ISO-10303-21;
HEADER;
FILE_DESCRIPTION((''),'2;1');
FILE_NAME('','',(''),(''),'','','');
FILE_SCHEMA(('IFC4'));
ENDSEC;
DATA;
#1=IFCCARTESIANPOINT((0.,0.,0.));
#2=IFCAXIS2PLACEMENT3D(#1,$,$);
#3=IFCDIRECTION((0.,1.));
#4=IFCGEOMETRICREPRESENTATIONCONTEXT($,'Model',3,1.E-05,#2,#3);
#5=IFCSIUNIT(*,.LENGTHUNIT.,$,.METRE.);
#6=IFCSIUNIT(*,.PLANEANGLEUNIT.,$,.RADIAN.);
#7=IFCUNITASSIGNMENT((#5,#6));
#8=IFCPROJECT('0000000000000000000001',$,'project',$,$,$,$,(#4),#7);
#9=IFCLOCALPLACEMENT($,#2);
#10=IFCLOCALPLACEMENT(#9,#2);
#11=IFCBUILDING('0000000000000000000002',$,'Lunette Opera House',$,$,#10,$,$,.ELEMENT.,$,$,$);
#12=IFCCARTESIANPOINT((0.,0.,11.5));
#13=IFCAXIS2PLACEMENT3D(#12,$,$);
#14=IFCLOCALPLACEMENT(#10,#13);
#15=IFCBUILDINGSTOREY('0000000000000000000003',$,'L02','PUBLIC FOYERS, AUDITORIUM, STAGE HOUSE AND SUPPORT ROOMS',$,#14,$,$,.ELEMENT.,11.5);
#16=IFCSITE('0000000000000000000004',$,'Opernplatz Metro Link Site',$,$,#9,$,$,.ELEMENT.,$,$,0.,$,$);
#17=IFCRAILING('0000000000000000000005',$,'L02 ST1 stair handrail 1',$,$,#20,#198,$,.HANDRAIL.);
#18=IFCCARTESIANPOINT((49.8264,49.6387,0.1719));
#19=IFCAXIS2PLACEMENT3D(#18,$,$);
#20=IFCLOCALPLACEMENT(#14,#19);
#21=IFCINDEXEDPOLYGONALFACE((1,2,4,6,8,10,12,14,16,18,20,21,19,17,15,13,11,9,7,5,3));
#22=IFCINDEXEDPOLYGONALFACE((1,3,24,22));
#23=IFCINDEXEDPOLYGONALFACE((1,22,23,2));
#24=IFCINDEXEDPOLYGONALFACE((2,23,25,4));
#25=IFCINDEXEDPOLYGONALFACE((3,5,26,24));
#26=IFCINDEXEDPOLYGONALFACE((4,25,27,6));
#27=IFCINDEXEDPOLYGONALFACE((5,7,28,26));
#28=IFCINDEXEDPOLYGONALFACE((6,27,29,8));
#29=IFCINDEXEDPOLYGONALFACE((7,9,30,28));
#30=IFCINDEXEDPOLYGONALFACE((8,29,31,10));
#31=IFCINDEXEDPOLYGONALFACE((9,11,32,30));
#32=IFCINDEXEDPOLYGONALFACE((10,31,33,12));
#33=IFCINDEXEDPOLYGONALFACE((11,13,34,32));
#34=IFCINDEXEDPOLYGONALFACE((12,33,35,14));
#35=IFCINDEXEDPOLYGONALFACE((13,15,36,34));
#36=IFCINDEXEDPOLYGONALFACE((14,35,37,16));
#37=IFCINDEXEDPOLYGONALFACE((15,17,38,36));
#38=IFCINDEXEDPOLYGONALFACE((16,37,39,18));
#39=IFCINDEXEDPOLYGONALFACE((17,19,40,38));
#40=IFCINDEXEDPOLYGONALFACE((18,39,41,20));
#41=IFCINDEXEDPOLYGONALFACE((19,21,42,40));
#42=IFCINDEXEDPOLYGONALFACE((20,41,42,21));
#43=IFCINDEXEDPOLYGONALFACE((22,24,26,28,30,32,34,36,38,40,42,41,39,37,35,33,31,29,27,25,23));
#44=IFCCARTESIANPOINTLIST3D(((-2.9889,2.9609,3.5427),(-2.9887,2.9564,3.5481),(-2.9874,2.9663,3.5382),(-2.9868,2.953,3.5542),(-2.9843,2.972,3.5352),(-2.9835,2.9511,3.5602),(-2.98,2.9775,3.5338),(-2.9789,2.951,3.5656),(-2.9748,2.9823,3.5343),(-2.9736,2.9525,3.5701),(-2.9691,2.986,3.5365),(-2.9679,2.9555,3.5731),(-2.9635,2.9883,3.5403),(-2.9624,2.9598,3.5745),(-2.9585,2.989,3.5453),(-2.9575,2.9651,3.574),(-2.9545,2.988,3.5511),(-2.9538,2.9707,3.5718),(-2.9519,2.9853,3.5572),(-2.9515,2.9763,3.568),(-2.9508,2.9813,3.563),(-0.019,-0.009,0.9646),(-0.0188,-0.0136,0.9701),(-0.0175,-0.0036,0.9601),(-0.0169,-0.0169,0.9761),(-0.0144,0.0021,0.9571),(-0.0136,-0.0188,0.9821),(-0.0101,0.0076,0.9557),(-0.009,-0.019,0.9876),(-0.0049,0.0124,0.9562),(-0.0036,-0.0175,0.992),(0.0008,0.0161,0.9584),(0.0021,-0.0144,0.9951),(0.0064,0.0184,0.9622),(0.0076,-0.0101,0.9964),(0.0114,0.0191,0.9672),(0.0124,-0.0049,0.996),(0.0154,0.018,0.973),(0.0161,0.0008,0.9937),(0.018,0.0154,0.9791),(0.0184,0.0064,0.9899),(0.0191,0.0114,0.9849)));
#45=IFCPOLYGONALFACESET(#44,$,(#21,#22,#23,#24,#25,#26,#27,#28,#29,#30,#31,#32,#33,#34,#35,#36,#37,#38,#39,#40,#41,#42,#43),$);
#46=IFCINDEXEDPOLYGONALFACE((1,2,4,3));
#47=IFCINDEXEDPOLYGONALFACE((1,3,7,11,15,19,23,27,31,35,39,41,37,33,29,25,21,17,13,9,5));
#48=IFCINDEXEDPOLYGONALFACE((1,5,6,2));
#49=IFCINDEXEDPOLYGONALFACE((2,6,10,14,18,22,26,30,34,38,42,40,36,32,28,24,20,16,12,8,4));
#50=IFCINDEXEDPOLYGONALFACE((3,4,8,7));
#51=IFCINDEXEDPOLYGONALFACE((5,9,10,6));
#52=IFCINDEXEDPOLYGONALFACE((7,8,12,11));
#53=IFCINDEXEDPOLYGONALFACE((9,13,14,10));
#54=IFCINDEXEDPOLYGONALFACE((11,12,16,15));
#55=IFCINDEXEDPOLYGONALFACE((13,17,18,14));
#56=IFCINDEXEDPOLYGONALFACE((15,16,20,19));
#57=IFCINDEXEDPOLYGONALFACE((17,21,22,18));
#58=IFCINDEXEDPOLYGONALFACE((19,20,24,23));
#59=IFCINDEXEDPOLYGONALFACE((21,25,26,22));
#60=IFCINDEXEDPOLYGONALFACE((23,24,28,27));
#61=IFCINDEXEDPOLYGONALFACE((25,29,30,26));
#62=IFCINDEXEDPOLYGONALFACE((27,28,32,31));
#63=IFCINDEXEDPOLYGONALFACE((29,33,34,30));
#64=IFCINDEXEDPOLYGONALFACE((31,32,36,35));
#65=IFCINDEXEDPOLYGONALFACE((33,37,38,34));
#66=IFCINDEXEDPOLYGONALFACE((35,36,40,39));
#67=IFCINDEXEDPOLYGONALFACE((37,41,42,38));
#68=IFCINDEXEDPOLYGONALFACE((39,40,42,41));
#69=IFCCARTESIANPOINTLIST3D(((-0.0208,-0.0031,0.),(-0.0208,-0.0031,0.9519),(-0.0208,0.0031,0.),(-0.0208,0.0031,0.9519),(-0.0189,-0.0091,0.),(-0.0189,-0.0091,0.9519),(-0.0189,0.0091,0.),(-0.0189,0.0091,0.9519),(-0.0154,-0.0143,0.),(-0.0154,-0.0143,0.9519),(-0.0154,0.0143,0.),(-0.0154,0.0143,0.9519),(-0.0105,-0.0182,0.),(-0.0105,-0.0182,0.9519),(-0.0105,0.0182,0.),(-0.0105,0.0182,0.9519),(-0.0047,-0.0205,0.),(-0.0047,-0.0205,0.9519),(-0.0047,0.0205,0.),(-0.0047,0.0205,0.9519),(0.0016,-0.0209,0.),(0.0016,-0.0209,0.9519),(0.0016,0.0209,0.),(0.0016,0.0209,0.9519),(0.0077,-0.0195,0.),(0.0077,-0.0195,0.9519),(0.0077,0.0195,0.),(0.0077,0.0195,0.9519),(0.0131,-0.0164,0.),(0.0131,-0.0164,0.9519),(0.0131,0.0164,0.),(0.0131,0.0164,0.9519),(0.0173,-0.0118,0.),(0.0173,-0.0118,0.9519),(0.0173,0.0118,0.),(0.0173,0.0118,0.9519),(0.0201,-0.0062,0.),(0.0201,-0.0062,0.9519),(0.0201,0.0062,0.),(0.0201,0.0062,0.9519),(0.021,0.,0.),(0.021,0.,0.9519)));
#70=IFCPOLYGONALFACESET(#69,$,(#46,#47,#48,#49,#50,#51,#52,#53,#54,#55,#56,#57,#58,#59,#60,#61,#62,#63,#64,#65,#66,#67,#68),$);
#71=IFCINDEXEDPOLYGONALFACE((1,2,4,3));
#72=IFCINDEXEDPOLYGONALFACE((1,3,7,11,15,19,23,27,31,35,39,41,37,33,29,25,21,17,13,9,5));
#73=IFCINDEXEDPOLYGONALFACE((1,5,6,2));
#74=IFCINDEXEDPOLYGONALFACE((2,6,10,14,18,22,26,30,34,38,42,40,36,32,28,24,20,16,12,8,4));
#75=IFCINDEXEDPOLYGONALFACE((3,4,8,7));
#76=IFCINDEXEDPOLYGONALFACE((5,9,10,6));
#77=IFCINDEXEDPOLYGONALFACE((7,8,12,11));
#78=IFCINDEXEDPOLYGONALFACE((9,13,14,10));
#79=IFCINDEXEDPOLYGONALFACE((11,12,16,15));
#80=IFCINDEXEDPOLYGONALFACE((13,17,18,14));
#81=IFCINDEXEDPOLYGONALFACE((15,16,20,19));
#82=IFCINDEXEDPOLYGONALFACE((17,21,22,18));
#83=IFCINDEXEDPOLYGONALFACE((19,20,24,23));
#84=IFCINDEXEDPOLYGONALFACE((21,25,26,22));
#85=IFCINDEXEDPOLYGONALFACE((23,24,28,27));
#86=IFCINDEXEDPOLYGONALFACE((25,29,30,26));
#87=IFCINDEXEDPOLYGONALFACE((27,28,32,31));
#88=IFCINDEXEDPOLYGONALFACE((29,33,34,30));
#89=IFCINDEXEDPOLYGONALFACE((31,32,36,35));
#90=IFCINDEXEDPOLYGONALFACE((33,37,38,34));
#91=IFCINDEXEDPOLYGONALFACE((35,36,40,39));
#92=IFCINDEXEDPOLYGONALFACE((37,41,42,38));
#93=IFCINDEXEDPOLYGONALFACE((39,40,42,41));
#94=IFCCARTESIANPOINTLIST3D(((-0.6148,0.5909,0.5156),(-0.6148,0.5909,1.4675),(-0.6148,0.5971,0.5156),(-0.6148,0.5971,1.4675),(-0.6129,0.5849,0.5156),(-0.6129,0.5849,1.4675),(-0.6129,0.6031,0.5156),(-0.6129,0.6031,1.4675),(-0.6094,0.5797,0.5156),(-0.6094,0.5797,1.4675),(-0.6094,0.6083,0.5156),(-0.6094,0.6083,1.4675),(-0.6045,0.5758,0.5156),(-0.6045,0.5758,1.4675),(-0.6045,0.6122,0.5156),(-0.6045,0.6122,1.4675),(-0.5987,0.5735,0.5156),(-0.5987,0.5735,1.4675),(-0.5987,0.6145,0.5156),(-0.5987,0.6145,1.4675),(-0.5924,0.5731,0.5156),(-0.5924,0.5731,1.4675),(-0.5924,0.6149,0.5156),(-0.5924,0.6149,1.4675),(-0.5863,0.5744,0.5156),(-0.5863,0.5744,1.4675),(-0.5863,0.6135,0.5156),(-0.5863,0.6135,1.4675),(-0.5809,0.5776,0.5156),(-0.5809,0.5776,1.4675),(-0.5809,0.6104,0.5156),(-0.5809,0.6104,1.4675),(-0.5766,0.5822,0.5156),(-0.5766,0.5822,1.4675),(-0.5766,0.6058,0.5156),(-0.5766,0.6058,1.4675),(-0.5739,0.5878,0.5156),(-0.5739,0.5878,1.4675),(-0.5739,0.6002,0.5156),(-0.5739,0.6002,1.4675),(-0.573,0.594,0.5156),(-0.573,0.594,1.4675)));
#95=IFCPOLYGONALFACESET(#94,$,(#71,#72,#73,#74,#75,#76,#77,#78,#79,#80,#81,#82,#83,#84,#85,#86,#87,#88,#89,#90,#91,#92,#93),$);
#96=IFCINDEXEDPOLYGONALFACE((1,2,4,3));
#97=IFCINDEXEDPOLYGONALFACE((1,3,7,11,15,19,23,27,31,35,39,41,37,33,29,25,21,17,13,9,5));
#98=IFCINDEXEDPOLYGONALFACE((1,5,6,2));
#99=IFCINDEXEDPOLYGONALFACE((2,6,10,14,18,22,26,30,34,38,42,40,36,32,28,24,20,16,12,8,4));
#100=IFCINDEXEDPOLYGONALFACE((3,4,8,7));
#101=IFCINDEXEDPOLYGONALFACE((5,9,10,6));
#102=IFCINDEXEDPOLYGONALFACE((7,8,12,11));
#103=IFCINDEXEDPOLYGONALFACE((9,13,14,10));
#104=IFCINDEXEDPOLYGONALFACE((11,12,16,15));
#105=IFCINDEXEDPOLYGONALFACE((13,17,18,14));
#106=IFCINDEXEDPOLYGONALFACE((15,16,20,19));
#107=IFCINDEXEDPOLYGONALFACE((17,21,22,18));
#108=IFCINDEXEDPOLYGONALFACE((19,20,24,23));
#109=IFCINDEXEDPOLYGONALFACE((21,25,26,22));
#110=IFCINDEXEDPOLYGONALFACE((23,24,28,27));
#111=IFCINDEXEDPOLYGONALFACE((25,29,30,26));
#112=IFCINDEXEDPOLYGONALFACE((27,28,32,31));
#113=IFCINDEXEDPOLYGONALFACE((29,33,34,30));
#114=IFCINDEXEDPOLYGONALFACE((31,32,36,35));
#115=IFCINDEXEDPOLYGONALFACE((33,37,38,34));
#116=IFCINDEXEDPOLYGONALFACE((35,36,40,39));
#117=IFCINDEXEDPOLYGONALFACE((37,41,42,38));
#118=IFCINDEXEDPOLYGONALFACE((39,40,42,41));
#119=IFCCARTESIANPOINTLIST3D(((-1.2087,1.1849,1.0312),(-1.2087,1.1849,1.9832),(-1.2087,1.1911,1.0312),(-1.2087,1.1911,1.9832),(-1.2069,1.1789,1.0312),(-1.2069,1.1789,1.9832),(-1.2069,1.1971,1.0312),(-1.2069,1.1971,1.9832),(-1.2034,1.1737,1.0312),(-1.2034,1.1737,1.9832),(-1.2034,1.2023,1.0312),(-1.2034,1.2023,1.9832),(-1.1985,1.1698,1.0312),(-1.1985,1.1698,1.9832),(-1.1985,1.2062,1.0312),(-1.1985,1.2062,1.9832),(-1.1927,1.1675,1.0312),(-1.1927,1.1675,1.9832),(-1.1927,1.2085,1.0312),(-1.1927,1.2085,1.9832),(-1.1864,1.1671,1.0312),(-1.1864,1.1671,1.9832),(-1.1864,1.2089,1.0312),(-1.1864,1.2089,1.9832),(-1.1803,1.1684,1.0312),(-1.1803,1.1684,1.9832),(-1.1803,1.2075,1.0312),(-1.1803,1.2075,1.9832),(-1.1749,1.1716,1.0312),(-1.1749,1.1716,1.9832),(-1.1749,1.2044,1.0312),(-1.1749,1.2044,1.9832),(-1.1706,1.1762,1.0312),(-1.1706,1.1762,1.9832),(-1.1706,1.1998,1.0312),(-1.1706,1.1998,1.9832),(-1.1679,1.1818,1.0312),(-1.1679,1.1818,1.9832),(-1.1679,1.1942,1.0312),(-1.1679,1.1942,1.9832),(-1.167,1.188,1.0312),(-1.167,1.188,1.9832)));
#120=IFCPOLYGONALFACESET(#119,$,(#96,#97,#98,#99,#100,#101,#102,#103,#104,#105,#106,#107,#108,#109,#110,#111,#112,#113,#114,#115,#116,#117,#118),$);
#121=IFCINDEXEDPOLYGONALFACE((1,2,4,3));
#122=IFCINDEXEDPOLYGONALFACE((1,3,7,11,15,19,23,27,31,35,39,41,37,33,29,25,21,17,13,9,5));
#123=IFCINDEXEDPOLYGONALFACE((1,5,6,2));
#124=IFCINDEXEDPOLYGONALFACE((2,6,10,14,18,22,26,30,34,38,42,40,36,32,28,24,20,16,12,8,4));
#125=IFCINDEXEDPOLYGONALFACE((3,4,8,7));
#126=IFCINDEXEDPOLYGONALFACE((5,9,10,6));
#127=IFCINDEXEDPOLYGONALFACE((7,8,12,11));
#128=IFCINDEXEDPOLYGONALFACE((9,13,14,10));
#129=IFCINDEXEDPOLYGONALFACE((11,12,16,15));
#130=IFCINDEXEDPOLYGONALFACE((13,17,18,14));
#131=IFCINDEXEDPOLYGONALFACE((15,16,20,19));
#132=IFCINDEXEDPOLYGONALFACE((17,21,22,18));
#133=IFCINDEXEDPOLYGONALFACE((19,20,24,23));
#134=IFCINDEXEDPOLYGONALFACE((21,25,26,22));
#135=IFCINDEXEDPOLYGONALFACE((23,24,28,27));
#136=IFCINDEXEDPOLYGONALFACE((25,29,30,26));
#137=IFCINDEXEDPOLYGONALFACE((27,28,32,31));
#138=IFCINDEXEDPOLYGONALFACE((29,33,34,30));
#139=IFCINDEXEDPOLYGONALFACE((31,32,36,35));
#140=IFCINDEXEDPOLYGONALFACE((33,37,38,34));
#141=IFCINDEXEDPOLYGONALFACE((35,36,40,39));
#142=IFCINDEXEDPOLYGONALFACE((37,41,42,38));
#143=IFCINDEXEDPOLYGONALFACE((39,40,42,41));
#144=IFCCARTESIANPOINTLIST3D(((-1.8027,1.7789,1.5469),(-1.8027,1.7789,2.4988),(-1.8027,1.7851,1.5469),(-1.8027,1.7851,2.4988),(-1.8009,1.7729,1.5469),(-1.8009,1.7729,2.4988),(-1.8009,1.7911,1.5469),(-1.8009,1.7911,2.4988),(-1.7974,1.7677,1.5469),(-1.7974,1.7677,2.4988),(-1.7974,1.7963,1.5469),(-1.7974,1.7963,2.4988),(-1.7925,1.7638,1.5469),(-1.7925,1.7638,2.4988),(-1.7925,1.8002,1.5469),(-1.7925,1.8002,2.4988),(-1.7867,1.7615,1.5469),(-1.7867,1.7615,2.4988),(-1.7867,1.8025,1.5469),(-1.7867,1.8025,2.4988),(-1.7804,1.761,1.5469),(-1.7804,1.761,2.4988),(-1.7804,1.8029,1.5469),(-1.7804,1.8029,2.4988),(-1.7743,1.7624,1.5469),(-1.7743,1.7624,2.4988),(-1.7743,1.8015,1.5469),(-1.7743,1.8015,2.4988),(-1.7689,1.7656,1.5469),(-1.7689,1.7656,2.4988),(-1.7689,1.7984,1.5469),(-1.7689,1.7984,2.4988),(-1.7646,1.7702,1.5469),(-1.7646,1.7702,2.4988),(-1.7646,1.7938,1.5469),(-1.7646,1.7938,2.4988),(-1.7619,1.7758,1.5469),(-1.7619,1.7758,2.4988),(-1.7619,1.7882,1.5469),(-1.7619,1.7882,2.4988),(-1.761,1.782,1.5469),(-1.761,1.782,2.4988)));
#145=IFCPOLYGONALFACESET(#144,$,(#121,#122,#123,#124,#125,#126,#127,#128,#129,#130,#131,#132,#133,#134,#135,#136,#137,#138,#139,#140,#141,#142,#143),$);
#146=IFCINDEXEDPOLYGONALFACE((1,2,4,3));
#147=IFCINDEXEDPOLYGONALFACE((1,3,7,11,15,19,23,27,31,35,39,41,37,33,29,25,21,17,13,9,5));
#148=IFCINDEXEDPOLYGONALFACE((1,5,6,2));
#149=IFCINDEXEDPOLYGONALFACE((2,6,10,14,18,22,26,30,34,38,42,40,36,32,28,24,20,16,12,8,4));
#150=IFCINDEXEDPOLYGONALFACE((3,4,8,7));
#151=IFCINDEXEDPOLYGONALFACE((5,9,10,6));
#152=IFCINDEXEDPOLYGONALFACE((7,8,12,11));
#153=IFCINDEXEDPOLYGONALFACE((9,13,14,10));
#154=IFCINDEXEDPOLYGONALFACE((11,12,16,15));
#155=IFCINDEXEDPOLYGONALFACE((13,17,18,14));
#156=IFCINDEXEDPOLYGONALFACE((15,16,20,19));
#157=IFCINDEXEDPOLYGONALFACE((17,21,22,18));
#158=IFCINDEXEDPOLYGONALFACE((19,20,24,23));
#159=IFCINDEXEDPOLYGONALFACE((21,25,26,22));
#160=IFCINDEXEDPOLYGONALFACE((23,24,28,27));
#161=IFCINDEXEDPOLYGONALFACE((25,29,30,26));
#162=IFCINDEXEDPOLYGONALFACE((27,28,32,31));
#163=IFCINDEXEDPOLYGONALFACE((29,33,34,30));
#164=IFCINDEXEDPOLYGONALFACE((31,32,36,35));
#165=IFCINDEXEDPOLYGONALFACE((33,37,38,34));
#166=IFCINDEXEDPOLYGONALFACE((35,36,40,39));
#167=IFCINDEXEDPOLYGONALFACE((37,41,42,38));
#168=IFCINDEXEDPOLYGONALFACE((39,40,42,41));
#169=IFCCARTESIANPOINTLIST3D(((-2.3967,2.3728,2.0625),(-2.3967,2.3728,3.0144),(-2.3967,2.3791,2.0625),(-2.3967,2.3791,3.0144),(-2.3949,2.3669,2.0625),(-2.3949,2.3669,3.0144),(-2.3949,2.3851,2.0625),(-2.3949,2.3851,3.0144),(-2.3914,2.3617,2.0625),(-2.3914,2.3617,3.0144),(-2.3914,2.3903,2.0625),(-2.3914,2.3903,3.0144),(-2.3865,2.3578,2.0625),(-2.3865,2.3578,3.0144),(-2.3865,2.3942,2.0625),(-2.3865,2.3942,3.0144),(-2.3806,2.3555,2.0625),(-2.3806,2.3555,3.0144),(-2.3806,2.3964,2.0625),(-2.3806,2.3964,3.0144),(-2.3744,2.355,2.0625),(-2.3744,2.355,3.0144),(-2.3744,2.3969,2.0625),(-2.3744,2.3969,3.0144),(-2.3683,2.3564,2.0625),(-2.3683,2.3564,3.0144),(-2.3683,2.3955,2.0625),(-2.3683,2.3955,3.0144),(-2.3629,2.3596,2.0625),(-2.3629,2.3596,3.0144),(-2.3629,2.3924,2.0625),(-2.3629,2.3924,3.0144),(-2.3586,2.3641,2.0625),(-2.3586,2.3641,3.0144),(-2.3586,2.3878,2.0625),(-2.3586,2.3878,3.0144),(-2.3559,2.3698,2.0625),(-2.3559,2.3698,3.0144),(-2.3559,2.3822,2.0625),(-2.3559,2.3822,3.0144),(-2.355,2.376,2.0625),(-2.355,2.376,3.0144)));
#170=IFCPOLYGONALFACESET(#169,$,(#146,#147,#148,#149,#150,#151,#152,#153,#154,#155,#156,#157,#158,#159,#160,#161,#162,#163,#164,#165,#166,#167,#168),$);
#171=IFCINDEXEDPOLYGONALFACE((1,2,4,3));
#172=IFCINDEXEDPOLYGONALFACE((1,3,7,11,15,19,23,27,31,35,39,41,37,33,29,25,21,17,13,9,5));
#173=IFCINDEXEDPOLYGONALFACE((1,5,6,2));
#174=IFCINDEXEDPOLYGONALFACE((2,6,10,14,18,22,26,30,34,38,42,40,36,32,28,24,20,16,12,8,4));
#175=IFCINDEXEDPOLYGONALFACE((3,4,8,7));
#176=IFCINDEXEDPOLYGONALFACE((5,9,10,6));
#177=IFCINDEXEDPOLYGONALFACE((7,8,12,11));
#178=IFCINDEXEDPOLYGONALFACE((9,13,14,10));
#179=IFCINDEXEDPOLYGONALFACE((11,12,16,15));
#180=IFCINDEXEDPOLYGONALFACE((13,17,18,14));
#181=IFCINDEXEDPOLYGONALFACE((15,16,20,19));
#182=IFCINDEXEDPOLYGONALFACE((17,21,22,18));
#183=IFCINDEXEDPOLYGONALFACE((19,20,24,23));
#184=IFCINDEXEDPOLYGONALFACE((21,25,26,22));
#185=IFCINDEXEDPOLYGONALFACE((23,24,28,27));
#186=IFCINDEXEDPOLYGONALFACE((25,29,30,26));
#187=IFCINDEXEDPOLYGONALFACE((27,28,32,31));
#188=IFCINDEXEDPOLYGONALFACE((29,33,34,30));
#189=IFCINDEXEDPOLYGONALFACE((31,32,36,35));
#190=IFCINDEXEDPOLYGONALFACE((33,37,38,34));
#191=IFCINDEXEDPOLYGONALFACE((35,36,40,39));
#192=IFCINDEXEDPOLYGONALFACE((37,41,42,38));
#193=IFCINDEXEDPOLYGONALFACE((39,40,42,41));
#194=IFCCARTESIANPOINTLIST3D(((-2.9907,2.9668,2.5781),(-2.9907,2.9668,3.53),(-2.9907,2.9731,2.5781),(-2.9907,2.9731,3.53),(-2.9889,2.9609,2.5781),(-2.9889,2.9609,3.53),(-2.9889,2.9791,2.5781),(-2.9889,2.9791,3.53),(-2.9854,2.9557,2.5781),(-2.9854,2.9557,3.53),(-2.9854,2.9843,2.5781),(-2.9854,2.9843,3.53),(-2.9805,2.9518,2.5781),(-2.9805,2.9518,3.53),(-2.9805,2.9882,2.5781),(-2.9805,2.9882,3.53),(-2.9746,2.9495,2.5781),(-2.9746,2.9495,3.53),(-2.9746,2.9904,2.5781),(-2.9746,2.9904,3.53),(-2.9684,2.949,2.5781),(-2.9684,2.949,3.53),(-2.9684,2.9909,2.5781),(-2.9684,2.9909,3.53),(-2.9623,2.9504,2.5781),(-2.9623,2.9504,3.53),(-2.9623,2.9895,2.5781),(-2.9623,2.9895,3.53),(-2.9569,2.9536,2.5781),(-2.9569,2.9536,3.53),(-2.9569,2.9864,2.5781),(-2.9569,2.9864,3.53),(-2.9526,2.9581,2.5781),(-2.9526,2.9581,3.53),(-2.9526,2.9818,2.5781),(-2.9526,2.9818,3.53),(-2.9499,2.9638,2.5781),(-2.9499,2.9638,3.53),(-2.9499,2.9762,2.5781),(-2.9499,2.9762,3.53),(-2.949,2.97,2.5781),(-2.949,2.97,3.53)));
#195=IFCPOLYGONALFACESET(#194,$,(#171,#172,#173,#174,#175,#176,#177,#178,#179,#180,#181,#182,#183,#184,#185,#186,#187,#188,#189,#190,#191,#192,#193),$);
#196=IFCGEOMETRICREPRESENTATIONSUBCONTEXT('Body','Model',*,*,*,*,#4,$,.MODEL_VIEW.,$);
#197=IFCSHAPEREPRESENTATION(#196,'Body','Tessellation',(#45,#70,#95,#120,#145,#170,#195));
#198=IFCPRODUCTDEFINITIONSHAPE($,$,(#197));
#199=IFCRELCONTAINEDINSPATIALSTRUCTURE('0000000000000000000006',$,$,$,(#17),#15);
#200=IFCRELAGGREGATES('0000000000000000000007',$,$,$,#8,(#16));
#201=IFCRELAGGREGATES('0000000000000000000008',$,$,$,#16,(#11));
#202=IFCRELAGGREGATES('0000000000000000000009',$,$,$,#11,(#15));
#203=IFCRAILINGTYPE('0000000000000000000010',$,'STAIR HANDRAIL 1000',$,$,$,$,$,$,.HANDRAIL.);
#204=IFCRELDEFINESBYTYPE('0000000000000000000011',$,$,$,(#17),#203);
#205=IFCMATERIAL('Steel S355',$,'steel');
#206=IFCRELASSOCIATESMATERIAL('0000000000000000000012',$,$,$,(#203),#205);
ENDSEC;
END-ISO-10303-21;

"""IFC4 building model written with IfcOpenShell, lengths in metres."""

from ifc_helpers import new_model, si_unit, direction, frame, origin, origin_2d, place, context, subcontext, project, spatial, circle, extrude, material, type_object, element, save


model = new_model("IFC4")

# Units and contexts
model_context = context("Model", 3, precision=1e-05, world=origin(), true_north=direction((0.0, 1.0)))
body_context = subcontext(model_context, "Body", "Model", "MODEL_VIEW")
ifc_project = project(units=[si_unit("LENGTHUNIT", "METRE"), si_unit("PLANEANGLEUNIT", "RADIAN")], contexts=[model_context])

# Site, building, storey
site_placement = place(None, origin())
site = spatial("IfcSite", under=ifc_project, at=site_placement, Name="Opernplatz Metro Link Site", CompositionType="ELEMENT", RefElevation=0.0)
building_placement = place(site_placement, origin())
building = spatial("IfcBuilding", under=site, at=building_placement, Name="Lunette Opera House", CompositionType="ELEMENT")
storey_placement = place(building_placement, frame((0.0, 0.0, 11.5)))
storey = spatial("IfcBuildingStorey", under=building, at=storey_placement, Name="L02", Description="PUBLIC FOYERS, AUDITORIUM, STAGE HOUSE AND SUPPORT ROOMS", CompositionType="ELEMENT", Elevation=11.5)

# Railing
ifc_material_1 = material(Name="Steel S355", Category="steel")
railing_type_1 = type_object("IfcRailingType", Name="STAIR HANDRAIL 1000", PredefinedType="HANDRAIL", material=ifc_material_1)
railing_1_placement = place(storey_placement, frame((49.8264, 49.6387, 0.1719)))
element("IfcRailing", 1, at=railing_1_placement, inside=storey, type_object=railing_type_1, Name="L02 ST1 stair handrail 1", PredefinedType="HANDRAIL", context=body_context, shape_type="SweptSolid", body=[
    extrude(circle(Radius=0.0239, at=origin_2d()), frame((0.0, 0.0, 0.9761), z_axis=(-0.602635, 0.602635, 0.523126), x_axis=(-0.707107, -0.707107, 0.0)), (0.0, 0.0, 1.0), 4.9282),
    extrude(circle(Radius=0.021, at=origin_2d()), origin(), (0.0, 0.0, 1.0), 0.9519),
    extrude(circle(Radius=0.021, at=origin_2d()), frame((-0.594, 0.594, 0.5156)), (0.0, 0.0, 1.0), 0.9519),
    extrude(circle(Radius=0.021, at=origin_2d()), frame((-1.188, 1.188, 1.0312)), (0.0, 0.0, 1.0), 0.9519),
    extrude(circle(Radius=0.021, at=origin_2d()), frame((-1.782, 1.782, 1.5469)), (0.0, 0.0, 1.0), 0.9519),
    extrude(circle(Radius=0.021, at=origin_2d()), frame((-2.376, 2.376, 2.0625)), (0.0, 0.0, 1.0), 0.9519),
    extrude(circle(Radius=0.021, at=origin_2d()), frame((-2.97, 2.97, 2.5781)), (0.0, 0.0, 1.0), 0.9519),
])

save(model, "model.ifc")
